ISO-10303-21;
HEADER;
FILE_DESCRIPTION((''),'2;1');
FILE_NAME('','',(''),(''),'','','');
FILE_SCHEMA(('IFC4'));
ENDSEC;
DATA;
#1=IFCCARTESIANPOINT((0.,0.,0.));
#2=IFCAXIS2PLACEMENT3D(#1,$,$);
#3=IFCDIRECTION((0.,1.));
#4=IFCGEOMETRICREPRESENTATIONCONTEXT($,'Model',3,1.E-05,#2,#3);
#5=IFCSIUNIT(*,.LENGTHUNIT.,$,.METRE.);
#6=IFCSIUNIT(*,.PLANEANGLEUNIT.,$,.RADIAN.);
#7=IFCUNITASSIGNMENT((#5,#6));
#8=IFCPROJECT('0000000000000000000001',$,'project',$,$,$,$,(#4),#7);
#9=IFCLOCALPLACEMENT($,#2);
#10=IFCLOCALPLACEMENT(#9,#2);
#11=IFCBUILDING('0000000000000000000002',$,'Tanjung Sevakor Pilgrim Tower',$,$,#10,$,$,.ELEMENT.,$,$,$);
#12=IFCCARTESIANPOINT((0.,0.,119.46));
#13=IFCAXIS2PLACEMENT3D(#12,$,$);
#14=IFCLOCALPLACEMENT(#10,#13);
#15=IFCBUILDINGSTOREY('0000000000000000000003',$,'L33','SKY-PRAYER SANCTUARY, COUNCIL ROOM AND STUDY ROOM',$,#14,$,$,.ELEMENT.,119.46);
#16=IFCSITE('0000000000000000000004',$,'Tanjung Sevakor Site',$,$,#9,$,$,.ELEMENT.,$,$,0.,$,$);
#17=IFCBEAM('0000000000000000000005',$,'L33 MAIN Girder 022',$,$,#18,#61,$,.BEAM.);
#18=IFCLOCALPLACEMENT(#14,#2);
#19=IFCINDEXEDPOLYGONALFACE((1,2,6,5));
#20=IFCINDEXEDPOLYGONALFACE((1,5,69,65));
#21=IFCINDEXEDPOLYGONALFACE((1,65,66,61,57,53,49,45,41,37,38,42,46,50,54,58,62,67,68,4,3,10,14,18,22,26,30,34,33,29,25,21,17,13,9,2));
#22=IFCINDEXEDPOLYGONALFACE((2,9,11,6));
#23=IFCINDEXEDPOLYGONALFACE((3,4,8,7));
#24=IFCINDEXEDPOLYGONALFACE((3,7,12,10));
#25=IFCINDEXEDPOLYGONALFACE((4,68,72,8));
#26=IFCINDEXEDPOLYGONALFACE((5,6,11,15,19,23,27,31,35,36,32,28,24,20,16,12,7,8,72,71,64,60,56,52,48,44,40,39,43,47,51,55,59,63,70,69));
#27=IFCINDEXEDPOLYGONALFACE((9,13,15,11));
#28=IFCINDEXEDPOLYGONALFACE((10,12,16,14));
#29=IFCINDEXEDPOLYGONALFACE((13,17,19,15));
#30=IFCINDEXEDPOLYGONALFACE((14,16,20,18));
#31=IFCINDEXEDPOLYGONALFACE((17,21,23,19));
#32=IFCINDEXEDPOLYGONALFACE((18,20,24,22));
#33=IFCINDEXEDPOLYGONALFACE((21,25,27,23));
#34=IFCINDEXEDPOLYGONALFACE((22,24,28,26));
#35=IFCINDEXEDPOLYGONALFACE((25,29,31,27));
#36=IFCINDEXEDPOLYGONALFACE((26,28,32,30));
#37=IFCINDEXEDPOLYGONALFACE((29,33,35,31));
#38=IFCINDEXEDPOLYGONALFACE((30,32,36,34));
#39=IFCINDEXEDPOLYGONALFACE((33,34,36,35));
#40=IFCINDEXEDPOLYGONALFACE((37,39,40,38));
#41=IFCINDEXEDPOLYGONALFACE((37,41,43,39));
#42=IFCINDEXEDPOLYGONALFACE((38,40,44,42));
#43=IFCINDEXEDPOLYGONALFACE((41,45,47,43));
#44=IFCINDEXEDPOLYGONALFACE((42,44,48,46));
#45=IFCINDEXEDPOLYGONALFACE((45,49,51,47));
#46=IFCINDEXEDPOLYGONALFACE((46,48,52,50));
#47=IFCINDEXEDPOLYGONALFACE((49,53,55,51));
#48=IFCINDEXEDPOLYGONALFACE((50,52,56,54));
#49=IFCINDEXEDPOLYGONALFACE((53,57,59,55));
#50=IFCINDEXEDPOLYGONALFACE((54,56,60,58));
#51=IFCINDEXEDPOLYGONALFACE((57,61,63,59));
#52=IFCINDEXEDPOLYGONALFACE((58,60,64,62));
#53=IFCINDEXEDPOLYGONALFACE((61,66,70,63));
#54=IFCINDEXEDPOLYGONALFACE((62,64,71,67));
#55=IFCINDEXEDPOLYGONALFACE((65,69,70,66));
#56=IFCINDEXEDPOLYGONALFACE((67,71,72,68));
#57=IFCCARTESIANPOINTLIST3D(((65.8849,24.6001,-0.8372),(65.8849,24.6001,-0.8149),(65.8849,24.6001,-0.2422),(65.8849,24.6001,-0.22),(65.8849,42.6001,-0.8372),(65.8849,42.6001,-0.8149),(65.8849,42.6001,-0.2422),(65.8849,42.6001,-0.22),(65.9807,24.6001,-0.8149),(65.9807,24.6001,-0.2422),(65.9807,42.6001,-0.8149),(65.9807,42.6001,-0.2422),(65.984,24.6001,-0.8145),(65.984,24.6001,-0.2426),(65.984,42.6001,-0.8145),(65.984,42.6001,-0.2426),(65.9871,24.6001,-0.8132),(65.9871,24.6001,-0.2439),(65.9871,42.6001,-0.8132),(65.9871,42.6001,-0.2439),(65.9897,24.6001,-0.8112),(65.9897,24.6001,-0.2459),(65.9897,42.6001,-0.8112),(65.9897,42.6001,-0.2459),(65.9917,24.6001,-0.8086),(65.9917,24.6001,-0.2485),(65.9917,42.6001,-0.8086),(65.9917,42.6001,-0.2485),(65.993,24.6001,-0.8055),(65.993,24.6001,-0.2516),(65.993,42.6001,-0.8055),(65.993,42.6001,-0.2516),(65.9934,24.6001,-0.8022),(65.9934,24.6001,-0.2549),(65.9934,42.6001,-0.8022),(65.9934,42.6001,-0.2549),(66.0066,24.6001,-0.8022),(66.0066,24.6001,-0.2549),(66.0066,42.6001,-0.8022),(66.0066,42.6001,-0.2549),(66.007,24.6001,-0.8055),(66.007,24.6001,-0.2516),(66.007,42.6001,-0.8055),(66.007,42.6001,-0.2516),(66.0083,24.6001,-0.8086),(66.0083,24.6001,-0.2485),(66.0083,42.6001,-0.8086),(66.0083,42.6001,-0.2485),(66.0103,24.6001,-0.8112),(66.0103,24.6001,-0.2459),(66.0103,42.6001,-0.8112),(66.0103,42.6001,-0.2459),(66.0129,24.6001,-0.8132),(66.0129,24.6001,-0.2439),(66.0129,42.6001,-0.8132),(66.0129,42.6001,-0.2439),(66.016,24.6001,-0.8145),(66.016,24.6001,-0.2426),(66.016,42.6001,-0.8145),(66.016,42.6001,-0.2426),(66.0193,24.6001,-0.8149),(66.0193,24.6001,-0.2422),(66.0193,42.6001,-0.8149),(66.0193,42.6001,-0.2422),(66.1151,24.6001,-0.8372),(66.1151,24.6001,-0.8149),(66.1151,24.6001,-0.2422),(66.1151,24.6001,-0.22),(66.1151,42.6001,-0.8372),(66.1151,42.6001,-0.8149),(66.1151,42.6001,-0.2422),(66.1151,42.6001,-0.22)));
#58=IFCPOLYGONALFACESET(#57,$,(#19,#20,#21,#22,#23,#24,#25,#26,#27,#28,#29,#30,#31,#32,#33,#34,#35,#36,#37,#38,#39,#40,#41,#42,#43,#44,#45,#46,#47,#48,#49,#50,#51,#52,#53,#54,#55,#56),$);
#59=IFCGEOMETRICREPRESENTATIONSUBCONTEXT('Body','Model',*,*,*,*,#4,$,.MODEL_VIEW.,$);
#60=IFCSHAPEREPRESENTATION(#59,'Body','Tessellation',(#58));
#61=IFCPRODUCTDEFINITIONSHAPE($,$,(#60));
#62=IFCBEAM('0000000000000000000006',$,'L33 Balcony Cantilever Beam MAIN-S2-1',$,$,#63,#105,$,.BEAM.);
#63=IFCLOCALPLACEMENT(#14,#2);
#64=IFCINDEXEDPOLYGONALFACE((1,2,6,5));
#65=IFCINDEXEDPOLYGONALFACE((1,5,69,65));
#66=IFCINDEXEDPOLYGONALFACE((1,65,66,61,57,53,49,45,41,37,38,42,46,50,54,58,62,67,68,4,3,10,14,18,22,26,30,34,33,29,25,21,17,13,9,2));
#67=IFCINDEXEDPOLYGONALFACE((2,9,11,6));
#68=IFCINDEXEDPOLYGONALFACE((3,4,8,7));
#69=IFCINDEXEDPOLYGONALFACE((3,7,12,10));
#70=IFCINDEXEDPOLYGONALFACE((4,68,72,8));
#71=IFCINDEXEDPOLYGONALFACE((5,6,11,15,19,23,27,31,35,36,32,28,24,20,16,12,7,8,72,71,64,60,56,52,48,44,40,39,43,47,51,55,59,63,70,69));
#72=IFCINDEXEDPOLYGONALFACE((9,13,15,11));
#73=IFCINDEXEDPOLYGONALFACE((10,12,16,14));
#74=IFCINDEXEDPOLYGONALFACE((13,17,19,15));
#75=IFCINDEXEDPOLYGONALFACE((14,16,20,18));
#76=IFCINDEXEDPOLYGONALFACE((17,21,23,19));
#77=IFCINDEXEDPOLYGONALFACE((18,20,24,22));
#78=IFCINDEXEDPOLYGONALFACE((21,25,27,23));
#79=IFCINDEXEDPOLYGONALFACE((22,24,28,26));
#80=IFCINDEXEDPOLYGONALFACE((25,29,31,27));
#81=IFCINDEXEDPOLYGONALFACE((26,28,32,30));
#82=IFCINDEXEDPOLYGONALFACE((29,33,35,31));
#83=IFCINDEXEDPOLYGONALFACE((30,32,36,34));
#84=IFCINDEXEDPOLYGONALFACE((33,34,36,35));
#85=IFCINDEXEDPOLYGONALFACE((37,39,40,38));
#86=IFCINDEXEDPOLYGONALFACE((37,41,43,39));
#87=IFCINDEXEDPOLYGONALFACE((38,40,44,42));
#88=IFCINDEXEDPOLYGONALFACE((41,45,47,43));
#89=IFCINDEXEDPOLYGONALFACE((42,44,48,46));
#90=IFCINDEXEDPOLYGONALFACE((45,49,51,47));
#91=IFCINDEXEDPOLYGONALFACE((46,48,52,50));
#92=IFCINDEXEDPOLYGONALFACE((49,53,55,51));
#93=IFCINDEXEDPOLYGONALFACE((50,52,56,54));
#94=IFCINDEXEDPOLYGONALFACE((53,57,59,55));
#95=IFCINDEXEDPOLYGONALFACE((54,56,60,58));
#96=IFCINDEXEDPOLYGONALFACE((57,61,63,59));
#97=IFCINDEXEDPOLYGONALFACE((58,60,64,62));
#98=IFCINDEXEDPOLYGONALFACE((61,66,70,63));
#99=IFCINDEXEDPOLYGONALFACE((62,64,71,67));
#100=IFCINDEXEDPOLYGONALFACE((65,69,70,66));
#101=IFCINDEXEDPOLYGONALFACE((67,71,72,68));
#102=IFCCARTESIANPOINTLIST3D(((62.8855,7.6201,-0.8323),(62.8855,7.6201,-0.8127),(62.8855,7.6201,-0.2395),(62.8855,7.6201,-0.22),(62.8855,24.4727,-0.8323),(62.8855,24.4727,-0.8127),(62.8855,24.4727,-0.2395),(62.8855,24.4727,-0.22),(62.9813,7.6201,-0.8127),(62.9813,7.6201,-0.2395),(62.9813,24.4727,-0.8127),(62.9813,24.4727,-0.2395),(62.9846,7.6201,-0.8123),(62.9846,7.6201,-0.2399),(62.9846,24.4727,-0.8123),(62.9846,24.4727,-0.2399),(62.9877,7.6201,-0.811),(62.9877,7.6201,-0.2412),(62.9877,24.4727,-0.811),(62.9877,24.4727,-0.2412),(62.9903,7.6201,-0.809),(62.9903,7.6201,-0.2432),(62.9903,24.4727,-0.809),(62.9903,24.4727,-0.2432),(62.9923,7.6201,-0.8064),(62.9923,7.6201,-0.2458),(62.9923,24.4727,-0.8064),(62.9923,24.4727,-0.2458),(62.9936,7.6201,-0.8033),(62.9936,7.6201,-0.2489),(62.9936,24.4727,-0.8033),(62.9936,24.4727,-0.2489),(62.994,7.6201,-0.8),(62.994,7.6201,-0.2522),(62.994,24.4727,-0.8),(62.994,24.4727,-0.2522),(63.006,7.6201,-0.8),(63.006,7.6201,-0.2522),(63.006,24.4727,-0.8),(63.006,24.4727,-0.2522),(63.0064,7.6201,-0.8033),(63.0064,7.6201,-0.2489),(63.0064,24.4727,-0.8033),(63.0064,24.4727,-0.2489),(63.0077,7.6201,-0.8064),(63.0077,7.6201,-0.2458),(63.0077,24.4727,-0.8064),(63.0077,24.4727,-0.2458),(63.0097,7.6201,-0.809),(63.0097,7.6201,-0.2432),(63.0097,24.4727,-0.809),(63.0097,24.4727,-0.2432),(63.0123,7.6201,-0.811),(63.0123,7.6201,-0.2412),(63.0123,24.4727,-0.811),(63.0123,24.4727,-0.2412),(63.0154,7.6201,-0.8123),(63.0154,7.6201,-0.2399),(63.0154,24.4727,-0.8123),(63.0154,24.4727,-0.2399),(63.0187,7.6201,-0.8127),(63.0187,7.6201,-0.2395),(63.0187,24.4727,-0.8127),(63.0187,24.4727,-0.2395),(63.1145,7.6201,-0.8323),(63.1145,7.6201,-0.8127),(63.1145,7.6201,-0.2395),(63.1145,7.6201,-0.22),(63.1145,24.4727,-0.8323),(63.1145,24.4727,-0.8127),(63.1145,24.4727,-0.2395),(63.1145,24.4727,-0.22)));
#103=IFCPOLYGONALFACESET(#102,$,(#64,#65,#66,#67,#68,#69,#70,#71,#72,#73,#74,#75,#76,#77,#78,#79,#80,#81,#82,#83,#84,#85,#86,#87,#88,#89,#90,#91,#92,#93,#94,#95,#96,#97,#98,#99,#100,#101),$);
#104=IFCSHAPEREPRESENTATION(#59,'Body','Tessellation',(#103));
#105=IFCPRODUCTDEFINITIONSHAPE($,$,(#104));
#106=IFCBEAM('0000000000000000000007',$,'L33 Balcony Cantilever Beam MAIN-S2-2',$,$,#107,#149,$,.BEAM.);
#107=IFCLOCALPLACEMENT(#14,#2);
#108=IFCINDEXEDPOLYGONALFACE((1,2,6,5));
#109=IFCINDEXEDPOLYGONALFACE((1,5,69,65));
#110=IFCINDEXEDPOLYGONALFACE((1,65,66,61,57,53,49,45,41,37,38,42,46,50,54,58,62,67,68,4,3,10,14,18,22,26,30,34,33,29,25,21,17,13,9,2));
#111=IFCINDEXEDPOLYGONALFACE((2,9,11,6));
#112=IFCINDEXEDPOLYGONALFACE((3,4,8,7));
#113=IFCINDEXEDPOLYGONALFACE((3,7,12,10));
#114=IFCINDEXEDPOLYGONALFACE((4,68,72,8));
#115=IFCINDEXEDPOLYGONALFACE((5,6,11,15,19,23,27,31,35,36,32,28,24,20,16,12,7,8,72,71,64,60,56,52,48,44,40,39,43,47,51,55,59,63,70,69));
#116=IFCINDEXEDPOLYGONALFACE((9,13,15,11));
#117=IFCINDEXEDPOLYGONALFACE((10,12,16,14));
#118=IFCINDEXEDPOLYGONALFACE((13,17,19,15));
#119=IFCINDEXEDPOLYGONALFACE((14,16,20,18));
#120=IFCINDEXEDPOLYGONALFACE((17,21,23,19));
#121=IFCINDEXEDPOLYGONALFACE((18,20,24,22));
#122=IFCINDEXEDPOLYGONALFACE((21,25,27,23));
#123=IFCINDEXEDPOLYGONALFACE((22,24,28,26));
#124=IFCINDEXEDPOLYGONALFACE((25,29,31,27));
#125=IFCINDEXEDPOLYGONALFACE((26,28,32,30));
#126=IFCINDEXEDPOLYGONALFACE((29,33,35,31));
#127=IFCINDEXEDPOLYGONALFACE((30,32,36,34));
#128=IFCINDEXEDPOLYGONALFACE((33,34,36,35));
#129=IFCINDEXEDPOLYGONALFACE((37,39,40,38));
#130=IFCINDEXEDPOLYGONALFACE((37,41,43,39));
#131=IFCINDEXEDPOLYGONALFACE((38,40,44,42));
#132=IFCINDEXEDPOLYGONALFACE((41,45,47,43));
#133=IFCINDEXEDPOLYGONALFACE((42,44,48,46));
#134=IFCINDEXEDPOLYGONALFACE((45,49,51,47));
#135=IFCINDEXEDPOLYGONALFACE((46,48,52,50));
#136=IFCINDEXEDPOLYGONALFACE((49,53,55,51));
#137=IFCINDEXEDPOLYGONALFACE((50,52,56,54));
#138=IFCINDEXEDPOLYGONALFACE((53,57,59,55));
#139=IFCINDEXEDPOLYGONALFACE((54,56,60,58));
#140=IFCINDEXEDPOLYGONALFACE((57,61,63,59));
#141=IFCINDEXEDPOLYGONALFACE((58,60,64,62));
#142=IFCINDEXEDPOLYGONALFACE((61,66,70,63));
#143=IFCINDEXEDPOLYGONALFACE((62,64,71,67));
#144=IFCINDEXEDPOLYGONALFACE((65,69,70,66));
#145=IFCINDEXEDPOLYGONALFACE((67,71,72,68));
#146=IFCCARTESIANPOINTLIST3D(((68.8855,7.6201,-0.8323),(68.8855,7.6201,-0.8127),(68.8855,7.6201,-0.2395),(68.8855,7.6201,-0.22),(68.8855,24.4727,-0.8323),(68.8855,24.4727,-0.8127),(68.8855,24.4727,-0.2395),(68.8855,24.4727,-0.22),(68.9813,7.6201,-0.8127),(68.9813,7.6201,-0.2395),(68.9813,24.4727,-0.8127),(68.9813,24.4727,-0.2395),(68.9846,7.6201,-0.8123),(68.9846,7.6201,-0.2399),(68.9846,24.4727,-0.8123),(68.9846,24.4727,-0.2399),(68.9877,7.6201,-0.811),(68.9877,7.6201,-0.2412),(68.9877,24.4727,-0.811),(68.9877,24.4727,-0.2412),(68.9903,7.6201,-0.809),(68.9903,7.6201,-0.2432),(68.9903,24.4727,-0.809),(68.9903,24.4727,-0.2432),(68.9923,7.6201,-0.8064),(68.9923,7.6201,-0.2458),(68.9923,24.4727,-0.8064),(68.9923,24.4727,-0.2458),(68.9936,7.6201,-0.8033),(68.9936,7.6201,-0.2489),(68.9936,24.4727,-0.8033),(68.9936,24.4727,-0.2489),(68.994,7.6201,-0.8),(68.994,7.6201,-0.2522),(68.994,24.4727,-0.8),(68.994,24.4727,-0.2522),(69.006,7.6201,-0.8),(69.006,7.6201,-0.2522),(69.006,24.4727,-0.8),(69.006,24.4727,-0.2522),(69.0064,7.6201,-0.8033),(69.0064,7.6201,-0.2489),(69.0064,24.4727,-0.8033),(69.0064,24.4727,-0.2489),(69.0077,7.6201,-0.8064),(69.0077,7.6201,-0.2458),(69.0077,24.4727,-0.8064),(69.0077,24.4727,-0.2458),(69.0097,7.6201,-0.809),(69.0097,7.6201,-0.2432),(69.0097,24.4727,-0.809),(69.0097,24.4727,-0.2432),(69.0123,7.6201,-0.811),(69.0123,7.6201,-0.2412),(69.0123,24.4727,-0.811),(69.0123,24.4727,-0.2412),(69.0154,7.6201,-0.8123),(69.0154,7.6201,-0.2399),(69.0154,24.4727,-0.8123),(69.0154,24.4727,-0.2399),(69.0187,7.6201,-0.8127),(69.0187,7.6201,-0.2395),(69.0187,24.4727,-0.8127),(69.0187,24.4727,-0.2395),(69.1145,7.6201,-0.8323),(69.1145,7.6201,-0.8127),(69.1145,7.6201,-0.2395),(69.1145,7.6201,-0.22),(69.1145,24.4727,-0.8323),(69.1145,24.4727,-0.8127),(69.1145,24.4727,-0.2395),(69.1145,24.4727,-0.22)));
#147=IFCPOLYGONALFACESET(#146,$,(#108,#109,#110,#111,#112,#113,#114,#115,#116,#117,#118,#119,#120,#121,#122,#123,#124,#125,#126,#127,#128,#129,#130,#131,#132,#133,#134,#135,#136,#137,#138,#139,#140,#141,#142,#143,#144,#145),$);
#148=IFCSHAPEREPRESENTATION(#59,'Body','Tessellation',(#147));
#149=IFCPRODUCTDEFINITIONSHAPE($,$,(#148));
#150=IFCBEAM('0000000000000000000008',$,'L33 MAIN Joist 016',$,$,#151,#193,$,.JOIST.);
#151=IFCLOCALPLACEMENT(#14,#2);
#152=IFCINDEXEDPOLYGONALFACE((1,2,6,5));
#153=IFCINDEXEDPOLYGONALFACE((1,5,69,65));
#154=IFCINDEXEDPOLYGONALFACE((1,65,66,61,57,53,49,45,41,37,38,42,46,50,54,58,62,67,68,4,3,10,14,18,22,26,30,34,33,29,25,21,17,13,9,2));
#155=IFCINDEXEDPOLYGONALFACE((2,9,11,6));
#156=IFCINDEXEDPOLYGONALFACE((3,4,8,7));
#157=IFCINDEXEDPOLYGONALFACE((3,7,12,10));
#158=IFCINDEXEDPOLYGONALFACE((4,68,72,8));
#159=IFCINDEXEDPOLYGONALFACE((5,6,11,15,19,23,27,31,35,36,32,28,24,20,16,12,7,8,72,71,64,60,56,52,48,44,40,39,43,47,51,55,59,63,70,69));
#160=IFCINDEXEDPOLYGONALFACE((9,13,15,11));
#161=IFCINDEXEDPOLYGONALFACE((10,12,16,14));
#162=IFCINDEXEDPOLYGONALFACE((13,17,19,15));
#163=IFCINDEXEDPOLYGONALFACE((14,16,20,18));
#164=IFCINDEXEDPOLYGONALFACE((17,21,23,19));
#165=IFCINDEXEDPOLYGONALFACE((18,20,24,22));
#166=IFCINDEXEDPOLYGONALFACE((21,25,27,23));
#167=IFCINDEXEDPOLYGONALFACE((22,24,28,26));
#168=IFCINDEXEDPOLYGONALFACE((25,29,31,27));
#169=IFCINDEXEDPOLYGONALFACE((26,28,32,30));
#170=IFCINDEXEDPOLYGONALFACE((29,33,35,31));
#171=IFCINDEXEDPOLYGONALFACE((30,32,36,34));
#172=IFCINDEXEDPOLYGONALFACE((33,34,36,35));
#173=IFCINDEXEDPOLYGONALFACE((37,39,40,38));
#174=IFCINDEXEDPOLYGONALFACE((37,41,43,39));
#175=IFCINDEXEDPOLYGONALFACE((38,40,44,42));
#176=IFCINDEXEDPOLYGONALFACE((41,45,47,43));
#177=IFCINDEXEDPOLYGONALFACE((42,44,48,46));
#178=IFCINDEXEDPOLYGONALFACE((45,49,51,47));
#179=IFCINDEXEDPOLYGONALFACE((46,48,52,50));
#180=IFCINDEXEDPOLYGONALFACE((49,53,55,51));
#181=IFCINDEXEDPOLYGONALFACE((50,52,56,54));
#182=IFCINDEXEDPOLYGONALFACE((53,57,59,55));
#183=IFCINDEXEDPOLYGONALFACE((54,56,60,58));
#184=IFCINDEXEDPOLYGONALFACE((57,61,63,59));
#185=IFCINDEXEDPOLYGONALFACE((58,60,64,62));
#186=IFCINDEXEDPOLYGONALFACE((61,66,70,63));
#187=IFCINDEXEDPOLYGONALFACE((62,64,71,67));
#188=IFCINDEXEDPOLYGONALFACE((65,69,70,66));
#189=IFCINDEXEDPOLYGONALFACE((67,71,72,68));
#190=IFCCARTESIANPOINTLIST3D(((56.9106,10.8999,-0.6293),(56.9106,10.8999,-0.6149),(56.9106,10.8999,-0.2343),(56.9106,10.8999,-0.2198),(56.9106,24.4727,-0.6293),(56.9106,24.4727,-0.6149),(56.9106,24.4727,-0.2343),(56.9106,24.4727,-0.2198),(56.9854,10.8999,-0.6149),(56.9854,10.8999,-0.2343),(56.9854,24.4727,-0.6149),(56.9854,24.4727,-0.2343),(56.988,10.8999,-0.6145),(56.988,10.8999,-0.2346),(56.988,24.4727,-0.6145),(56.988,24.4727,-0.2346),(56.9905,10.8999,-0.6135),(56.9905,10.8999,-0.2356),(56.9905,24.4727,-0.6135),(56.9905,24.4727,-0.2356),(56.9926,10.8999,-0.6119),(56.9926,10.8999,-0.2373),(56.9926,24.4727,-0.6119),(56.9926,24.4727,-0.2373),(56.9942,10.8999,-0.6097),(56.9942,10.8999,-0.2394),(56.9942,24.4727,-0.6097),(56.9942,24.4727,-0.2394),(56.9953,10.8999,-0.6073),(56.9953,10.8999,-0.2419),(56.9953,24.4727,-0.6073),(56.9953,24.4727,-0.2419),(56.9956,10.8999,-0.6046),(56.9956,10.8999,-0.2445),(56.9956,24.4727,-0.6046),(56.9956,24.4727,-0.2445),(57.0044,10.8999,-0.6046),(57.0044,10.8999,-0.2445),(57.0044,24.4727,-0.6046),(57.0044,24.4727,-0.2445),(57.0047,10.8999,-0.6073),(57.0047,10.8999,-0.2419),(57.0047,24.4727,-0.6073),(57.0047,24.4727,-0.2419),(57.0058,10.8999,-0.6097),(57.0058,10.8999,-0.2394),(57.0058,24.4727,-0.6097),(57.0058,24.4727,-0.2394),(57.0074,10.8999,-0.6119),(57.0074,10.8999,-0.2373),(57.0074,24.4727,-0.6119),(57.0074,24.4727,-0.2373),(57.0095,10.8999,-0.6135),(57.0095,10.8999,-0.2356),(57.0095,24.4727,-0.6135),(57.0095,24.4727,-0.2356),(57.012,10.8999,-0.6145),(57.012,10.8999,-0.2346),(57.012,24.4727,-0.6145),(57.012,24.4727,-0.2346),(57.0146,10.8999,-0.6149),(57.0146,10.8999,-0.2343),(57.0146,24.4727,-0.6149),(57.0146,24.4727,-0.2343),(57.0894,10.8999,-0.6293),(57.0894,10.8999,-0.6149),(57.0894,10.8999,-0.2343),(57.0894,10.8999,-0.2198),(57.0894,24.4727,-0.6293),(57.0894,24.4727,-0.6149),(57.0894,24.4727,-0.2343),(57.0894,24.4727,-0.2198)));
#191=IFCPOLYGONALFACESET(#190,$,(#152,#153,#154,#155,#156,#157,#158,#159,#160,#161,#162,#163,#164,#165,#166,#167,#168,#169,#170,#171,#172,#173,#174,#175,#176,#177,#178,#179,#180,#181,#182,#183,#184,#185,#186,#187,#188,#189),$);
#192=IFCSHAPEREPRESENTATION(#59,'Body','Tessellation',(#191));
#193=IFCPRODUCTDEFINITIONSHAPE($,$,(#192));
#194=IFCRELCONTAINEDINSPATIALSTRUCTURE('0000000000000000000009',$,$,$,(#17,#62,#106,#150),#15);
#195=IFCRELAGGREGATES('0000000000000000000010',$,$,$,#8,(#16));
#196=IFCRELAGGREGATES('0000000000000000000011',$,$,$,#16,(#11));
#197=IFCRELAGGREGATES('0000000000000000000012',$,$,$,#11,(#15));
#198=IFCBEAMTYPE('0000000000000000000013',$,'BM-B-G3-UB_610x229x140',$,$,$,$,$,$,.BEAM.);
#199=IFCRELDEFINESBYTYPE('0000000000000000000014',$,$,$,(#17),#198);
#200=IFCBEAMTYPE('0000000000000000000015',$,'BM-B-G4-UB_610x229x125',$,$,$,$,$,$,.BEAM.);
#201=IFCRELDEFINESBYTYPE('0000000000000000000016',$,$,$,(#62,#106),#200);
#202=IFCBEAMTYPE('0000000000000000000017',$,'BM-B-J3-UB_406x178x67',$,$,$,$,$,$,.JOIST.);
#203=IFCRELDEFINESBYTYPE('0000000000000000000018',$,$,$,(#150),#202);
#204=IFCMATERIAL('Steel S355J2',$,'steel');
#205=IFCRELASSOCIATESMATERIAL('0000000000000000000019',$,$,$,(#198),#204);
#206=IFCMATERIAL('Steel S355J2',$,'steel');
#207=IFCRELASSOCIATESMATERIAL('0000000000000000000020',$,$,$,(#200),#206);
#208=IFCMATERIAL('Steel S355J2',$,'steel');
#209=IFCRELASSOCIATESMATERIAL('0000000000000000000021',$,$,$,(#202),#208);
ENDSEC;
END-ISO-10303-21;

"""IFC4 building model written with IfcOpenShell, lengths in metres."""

from ifc_helpers import new_model, si_unit, direction, frame, origin, origin_2d, place, context, subcontext, project, spatial, i_section, extrude, material, material_profile, profile_set, type_object, element, save


model = new_model("IFC4")

# Units and contexts
model_context = context("Model", 3, precision=1e-05, world=origin(), true_north=direction((0.0, 1.0)))
body_context = subcontext(model_context, "Body", "Model", "MODEL_VIEW")
ifc_project = project(units=[si_unit("LENGTHUNIT", "METRE"), si_unit("PLANEANGLEUNIT", "RADIAN")], contexts=[model_context])

# Site, building, storey
site_placement = place(None, origin())
site = spatial("IfcSite", under=ifc_project, at=site_placement, Name="Tanjung Sevakor Site", CompositionType="ELEMENT", RefElevation=0.0)
building_placement = place(site_placement, origin())
building = spatial("IfcBuilding", under=site, at=building_placement, Name="Tanjung Sevakor Pilgrim Tower", CompositionType="ELEMENT")
storey_placement = place(building_placement, frame((0.0, 0.0, 119.46)))
storey = spatial("IfcBuildingStorey", under=building, at=storey_placement, Name="L33", Description="SKY-PRAYER SANCTUARY, COUNCIL ROOM AND STUDY ROOM", CompositionType="ELEMENT", Elevation=119.46)

# Beams
ifc_material_1 = material(Name="Steel S355J2", Category="steel")
ifc_material_profile_1 = material_profile(ifc_material_1, i_section(OverallWidth=0.2302, OverallDepth=0.6172, WebThickness=0.0132, FlangeThickness=0.0222, FilletRadius=0.0127, at=origin_2d()))
ifc_profile_set_1 = profile_set([ifc_material_profile_1], Name="Steel S355J2")
beam_type_1 = type_object("IfcBeamType", Name="BM-B-G3-UB_610x229x140", PredefinedType="BEAM", material=ifc_profile_set_1)
beam_1_placement = place(storey_placement, frame((66.0, 24.6001, -0.5286), z_axis=(0.0, 1.0, 0.0), x_axis=(-1.0, 0.0, 0.0)))
element("IfcBeam", 1, at=beam_1_placement, inside=storey, type_object=beam_type_1, Name="L33 MAIN Girder 022", PredefinedType="BEAM", context=body_context, shape_type="SweptSolid", body=[
    extrude(i_section(OverallWidth=0.2302, OverallDepth=0.6172, WebThickness=0.0132, FlangeThickness=0.0222, FilletRadius=0.0127, at=origin_2d()), origin(), (0.0, 0.0, 1.0), 18.0),
])
ifc_material_2 = material(Name="Steel S355J2", Category="steel")
ifc_material_profile_2 = material_profile(ifc_material_2, i_section(OverallWidth=0.229, OverallDepth=0.6123, WebThickness=0.012, FlangeThickness=0.0195, FilletRadius=0.0127, at=origin_2d()))
ifc_profile_set_2 = profile_set([ifc_material_profile_2], Name="Steel S355J2")
beam_type_2 = type_object("IfcBeamType", Name="BM-B-G4-UB_610x229x125", PredefinedType="BEAM", material=ifc_profile_set_2)
for number, where, z_axis, x_axis, name in (
    (2, (63.0, 24.4727, -0.5261), (0.0, -1.0, 0.0), (1.0, 0.0, 0.0), "L33 Balcony Cantilever Beam MAIN-S2-1"),
    (3, (69.0, 24.4727, -0.5261), (0.0, -1.0, 0.0), (1.0, 0.0, 0.0), "L33 Balcony Cantilever Beam MAIN-S2-2"),
):
    element("IfcBeam", number, at=place(storey_placement, frame(where, z_axis=z_axis, x_axis=x_axis)), inside=storey, type_object=beam_type_2, Name=name, PredefinedType="BEAM", context=body_context, shape_type="SweptSolid", body=[
        extrude(i_section(OverallWidth=0.229, OverallDepth=0.6123, WebThickness=0.012, FlangeThickness=0.0195, FilletRadius=0.0127, at=origin_2d()), origin(), (0.0, 0.0, 1.0), 16.8525),
    ])
ifc_material_3 = material(Name="Steel S355J2", Category="steel")
ifc_material_profile_3 = material_profile(ifc_material_3, i_section(OverallWidth=0.1787, OverallDepth=0.4094, WebThickness=0.0088, FlangeThickness=0.0144, FilletRadius=0.0103, at=origin_2d()))
ifc_profile_set_3 = profile_set([ifc_material_profile_3], Name="Steel S355J2")
beam_type_3 = type_object("IfcBeamType", Name="BM-B-J3-UB_406x178x67", PredefinedType="JOIST", material=ifc_profile_set_3)
beam_2_placement = place(storey_placement, frame((57.0, 10.8999, -0.4246), z_axis=(0.0, 1.0, 0.0), x_axis=(-1.0, 0.0, 0.0)))
element("IfcBeam", 4, at=beam_2_placement, inside=storey, type_object=beam_type_3, Name="L33 MAIN Joist 016", PredefinedType="JOIST", context=body_context, shape_type="SweptSolid", body=[
    extrude(i_section(OverallWidth=0.1787, OverallDepth=0.4094, WebThickness=0.0088, FlangeThickness=0.0144, FilletRadius=0.0103, at=origin_2d()), origin(), (0.0, 0.0, 1.0), 13.5728),
])

save(model, "model.ifc")
